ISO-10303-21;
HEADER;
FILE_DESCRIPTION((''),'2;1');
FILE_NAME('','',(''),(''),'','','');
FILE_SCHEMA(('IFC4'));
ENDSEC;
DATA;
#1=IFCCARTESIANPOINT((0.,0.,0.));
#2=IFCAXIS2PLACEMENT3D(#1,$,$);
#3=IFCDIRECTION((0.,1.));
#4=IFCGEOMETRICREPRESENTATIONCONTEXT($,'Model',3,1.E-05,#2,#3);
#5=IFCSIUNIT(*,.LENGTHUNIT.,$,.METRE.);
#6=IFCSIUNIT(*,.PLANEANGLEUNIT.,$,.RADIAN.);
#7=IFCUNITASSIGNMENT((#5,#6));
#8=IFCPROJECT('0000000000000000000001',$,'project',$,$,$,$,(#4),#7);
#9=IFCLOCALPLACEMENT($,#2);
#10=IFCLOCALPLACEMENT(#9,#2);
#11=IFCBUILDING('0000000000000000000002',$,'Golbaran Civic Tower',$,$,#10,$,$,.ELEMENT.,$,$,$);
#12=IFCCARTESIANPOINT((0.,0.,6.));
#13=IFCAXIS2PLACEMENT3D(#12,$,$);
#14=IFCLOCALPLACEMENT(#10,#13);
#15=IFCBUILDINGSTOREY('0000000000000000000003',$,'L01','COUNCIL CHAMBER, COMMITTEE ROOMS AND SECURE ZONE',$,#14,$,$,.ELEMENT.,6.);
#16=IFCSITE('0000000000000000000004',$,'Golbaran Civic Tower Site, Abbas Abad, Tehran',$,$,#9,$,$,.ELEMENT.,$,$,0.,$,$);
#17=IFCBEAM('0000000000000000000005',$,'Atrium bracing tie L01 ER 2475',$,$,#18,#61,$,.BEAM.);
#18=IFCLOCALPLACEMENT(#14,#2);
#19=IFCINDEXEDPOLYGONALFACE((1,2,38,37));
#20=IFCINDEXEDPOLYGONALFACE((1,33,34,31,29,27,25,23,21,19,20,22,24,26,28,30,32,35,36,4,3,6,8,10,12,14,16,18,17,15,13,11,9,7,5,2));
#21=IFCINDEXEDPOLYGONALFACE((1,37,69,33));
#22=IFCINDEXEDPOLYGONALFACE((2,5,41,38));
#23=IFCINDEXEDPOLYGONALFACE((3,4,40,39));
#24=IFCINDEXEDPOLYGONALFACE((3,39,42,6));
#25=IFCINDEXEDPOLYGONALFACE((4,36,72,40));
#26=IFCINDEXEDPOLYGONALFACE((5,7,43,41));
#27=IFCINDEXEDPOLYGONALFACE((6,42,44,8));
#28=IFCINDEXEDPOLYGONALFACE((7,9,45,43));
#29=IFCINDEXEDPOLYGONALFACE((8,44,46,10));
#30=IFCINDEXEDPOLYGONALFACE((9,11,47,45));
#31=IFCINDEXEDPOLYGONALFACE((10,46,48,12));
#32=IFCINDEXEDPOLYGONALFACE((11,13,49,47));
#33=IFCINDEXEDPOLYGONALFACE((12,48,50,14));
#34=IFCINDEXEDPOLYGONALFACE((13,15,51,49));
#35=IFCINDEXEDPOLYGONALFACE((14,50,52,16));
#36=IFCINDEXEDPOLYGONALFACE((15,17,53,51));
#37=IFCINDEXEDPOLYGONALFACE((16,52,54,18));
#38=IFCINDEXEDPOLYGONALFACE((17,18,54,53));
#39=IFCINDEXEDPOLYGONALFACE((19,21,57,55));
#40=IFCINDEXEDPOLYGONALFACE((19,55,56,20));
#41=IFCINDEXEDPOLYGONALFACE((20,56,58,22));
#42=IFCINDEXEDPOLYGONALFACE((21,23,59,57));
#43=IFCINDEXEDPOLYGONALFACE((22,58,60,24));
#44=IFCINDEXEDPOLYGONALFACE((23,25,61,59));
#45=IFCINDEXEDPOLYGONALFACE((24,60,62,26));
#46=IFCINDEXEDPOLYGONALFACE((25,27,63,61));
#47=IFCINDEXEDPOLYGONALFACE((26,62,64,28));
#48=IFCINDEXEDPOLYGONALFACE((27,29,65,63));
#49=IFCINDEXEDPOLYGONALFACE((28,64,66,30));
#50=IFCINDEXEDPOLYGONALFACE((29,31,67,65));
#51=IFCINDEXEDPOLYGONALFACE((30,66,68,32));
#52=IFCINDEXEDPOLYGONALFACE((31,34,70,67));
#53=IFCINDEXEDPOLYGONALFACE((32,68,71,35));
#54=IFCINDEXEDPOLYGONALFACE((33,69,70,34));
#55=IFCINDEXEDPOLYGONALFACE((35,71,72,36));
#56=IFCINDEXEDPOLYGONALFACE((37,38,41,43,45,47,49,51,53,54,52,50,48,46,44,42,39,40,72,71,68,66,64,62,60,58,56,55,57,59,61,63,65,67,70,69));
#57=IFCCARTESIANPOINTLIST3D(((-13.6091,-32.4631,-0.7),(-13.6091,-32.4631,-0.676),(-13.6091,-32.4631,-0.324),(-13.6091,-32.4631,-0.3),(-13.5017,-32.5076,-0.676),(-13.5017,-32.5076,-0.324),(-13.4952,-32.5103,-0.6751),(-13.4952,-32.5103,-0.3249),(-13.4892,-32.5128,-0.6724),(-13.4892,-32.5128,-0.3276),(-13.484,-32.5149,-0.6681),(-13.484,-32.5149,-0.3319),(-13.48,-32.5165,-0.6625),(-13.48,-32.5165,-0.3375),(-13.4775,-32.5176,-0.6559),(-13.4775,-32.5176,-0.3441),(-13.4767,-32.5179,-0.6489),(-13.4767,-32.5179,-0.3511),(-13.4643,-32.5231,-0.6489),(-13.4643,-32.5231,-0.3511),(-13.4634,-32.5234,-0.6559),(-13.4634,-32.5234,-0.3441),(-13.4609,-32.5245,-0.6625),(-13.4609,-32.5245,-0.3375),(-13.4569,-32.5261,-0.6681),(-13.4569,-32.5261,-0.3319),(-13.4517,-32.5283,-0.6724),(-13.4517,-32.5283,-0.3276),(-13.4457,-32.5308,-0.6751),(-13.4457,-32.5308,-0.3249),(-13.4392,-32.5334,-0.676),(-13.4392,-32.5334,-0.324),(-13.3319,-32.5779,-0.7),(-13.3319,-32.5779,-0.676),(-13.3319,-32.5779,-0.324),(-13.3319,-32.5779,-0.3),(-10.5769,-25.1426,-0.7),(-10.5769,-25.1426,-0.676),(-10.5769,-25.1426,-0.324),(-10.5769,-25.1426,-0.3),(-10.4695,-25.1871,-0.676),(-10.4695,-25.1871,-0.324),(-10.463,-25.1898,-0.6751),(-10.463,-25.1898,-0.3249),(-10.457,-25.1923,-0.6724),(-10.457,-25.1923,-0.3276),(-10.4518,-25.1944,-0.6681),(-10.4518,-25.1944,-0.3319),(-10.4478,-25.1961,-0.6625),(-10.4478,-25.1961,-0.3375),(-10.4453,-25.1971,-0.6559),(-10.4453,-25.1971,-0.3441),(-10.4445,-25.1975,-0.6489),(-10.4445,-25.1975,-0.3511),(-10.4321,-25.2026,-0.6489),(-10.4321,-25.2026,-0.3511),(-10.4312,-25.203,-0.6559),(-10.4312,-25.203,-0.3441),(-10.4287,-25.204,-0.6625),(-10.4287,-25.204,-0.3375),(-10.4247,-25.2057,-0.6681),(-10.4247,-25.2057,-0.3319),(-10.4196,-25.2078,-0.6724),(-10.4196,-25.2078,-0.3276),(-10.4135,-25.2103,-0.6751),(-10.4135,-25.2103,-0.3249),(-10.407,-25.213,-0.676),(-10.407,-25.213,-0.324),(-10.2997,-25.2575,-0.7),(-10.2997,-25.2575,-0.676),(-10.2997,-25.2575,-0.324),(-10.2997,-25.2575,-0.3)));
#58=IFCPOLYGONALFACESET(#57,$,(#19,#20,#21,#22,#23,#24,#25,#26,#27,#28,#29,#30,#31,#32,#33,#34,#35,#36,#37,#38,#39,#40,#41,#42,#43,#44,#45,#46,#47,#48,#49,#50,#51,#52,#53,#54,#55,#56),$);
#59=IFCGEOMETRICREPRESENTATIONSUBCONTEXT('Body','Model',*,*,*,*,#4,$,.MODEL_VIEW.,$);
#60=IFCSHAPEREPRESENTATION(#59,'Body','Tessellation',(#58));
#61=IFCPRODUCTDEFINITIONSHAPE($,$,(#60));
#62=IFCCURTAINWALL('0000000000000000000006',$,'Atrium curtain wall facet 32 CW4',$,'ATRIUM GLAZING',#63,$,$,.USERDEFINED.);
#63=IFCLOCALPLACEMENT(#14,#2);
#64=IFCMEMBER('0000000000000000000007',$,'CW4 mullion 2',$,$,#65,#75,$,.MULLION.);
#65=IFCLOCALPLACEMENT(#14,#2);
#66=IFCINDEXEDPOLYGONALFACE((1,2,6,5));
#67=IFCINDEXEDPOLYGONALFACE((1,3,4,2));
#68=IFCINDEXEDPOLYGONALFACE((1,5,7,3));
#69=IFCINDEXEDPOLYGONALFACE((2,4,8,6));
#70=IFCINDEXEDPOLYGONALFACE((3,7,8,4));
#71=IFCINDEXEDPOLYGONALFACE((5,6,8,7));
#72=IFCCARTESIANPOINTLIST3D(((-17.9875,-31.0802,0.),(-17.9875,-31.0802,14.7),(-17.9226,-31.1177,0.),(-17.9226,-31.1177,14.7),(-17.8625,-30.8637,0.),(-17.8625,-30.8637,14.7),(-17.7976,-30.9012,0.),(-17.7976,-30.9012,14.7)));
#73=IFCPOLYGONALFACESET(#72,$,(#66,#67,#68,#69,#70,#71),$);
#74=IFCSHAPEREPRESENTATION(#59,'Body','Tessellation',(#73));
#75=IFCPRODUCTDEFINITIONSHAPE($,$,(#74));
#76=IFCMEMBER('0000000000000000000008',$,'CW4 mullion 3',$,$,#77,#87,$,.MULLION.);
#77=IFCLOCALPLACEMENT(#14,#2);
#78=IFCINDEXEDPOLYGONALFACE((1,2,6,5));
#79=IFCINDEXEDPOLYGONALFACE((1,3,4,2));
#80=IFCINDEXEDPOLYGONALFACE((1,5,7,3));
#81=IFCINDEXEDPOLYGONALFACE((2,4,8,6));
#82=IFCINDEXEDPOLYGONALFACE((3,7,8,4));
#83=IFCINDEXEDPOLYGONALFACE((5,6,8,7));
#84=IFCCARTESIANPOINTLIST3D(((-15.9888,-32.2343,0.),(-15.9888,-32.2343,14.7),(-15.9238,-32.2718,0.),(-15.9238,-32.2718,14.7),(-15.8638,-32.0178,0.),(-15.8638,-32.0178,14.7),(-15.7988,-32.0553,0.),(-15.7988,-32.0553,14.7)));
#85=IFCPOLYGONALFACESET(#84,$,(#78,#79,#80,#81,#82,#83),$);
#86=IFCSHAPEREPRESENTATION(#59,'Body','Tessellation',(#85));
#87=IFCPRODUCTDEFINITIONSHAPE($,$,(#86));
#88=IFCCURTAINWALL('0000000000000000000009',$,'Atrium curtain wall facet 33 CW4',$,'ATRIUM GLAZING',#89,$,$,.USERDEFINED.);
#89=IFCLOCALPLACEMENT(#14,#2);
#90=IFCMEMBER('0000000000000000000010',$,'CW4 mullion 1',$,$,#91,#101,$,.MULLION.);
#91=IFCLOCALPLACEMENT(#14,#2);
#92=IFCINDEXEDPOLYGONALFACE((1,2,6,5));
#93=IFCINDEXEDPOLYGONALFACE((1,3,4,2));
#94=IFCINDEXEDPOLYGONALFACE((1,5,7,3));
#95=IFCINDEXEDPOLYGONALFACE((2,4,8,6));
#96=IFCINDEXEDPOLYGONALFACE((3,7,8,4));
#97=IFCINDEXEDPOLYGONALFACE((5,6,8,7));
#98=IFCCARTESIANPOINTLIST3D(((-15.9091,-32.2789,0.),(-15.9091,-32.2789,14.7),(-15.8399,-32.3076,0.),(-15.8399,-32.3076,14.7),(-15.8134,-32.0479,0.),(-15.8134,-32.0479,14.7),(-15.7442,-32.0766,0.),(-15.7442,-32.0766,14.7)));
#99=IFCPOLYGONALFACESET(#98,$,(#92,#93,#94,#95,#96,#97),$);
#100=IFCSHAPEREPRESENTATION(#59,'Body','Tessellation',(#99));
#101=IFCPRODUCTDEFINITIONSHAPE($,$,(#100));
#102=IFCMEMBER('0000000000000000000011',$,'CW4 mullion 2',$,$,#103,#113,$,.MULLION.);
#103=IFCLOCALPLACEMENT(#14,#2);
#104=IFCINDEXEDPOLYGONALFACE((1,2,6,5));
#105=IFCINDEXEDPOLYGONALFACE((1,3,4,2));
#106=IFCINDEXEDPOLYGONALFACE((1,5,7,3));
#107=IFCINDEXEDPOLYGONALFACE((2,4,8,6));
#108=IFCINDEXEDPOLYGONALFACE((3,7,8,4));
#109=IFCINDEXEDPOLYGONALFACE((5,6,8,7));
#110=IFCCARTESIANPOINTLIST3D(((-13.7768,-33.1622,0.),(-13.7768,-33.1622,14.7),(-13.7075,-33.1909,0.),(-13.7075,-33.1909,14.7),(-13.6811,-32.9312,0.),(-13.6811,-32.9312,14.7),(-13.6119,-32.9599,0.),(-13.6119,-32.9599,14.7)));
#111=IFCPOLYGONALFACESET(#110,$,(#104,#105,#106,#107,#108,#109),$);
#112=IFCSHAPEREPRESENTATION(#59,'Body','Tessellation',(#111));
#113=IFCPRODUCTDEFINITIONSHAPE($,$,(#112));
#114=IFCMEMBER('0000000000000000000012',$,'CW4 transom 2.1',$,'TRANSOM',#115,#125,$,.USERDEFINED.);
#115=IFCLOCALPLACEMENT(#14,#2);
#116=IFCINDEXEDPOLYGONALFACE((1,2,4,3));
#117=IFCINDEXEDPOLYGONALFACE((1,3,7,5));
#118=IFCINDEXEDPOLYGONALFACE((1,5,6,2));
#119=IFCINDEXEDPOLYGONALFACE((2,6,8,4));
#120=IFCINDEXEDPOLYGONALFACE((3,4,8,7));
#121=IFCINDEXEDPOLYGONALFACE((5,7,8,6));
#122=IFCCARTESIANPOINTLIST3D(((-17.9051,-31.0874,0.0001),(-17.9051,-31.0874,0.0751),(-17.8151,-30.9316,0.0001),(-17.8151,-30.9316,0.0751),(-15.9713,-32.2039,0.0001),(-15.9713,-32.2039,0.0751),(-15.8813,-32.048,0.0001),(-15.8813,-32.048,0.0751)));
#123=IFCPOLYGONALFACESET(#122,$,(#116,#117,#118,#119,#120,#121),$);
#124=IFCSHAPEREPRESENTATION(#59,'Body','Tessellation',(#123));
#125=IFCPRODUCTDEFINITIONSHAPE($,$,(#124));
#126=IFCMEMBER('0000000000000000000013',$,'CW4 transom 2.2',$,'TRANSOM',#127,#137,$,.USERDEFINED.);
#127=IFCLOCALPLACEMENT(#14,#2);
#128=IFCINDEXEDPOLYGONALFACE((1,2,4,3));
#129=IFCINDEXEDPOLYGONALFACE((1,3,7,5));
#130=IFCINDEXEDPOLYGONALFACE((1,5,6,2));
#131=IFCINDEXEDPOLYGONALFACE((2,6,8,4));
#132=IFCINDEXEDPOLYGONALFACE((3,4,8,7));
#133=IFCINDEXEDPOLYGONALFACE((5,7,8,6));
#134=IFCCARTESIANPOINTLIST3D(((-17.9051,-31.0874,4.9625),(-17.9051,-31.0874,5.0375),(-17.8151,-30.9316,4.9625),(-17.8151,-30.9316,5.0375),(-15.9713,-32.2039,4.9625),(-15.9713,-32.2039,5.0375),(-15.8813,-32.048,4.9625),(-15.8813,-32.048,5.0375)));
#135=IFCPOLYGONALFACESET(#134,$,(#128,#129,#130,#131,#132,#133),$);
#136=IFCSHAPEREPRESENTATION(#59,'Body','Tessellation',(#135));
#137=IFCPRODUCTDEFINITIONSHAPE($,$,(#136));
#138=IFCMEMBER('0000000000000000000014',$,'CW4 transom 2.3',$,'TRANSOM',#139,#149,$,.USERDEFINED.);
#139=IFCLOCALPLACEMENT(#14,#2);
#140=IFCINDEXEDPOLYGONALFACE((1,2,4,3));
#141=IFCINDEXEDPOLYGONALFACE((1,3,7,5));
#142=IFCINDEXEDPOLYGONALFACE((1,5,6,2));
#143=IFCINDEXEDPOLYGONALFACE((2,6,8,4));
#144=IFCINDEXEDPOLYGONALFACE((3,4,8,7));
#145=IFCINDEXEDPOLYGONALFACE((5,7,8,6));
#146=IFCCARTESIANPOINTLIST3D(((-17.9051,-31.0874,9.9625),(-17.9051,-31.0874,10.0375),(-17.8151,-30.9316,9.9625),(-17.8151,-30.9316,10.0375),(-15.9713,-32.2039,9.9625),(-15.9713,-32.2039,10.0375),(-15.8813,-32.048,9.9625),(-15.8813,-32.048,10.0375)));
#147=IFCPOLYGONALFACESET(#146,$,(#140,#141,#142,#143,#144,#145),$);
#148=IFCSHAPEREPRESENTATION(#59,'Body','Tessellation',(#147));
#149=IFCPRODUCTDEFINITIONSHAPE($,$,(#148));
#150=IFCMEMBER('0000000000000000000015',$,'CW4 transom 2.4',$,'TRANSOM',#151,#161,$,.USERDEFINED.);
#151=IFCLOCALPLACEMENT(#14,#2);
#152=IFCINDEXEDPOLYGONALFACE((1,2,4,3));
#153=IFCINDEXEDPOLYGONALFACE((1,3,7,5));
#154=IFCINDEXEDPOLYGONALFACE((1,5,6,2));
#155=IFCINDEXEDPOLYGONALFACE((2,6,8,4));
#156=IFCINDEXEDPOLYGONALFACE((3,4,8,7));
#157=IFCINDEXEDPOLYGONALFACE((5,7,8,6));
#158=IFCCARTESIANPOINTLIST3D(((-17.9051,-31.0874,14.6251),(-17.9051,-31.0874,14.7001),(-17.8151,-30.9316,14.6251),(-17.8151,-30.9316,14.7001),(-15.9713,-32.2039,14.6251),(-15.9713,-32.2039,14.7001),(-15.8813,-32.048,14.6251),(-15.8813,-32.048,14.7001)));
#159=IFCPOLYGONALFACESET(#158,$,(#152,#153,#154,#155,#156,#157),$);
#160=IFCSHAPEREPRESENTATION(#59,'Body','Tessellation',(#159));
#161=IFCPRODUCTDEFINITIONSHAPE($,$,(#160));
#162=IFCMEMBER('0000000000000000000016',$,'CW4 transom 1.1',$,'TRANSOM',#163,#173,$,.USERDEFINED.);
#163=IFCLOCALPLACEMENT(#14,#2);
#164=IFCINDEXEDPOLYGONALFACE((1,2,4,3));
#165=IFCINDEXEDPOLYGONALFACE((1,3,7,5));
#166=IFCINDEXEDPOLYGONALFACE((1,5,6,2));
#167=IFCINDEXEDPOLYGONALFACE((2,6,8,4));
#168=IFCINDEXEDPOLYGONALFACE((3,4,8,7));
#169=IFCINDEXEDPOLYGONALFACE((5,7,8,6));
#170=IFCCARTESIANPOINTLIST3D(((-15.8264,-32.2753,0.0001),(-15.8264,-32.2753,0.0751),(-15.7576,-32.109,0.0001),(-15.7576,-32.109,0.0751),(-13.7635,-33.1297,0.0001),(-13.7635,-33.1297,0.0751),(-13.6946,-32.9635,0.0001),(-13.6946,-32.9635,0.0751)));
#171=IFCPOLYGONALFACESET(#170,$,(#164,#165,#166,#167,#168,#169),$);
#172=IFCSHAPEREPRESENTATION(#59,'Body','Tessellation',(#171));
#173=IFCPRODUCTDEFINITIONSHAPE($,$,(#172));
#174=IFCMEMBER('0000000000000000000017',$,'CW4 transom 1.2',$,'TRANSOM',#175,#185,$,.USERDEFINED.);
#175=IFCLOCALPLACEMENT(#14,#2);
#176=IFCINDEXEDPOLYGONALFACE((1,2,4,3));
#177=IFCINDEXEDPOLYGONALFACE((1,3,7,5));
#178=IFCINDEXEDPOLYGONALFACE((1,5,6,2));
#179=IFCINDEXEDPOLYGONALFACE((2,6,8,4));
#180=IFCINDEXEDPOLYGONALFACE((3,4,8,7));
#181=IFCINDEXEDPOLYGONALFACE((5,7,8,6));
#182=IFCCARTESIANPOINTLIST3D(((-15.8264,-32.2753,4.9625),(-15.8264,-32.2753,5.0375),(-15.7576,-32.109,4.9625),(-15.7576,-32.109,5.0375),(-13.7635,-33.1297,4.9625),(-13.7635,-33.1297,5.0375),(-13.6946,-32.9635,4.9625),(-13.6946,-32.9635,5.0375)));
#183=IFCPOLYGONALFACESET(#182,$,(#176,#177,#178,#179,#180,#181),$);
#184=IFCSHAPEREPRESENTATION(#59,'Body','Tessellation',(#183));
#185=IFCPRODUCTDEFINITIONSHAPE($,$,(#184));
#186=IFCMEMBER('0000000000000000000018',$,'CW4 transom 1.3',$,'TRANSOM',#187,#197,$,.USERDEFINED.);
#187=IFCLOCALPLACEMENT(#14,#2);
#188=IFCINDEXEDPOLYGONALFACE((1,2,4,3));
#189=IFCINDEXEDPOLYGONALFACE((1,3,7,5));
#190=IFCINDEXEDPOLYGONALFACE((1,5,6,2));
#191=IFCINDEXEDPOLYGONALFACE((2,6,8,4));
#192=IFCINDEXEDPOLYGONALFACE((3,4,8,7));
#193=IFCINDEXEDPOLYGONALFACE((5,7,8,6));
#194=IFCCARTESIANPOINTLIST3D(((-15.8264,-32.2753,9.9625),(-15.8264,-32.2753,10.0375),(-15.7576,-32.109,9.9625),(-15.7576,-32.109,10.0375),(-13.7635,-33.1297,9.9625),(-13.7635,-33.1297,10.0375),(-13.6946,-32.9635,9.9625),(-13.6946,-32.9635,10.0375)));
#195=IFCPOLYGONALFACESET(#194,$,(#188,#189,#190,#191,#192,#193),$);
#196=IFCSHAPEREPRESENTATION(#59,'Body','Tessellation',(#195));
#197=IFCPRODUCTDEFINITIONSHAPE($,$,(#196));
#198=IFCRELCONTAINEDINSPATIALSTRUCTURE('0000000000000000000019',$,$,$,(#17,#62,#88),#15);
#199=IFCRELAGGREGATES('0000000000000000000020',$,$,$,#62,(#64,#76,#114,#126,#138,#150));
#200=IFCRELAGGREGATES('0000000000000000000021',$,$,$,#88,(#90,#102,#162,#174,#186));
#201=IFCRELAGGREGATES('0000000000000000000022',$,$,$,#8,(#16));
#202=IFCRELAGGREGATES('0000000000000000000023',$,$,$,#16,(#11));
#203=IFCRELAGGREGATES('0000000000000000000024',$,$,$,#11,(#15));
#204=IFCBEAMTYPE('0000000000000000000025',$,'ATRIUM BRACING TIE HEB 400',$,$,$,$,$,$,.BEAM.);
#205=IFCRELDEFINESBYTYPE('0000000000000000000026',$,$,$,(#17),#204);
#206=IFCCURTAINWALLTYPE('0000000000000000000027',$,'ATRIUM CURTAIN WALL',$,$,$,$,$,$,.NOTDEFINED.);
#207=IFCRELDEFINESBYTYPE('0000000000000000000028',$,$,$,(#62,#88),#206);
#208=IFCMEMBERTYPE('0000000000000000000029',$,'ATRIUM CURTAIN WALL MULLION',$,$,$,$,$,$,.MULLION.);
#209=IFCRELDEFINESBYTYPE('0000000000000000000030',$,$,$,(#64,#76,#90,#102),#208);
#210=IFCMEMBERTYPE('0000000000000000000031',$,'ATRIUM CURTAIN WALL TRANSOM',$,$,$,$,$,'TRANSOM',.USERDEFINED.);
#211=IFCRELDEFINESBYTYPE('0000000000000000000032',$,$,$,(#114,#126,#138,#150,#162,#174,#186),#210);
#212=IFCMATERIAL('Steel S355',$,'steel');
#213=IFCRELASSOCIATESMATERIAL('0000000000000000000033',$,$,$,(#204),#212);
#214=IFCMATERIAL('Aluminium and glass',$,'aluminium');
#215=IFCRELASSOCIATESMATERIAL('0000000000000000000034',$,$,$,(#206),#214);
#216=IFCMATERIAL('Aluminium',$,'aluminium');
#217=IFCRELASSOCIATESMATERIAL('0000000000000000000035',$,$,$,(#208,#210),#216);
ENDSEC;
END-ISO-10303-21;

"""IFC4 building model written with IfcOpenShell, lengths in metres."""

from ifc_helpers import new_model, si_unit, direction, frame, origin, origin_2d, place, context, subcontext, project, spatial, rectangle, i_section, extrude, material, material_profile, profile_set, type_object, element, aggregate, save


model = new_model("IFC4")

# Units and contexts
model_context = context("Model", 3, precision=1e-05, world=origin(), true_north=direction((0.0, 1.0)))
body_context = subcontext(model_context, "Body", "Model", "MODEL_VIEW")
ifc_project = project(units=[si_unit("LENGTHUNIT", "METRE"), si_unit("PLANEANGLEUNIT", "RADIAN")], contexts=[model_context])

# Site, building, storey
site_placement = place(None, origin())
site = spatial("IfcSite", under=ifc_project, at=site_placement, Name="Golbaran Civic Tower Site, Abbas Abad, Tehran", CompositionType="ELEMENT", RefElevation=0.0)
building_placement = place(site_placement, origin())
building = spatial("IfcBuilding", under=site, at=building_placement, Name="Golbaran Civic Tower", CompositionType="ELEMENT")
storey_placement = place(building_placement, frame((0.0, 0.0, 6.0)))
storey = spatial("IfcBuildingStorey", under=building, at=storey_placement, Name="L01", Description="COUNCIL CHAMBER, COMMITTEE ROOMS AND SECURE ZONE", CompositionType="ELEMENT", Elevation=6.0)

# Beam
ifc_material_1 = material(Name="Steel S355", Category="steel")
ifc_material_profile_1 = material_profile(ifc_material_1, i_section(OverallWidth=0.3, OverallDepth=0.3999, WebThickness=0.0134, FlangeThickness=0.0239, FilletRadius=0.0271, at=origin_2d()), Name="HEB 400")
ifc_profile_set_1 = profile_set([ifc_material_profile_1], Name="Steel S355")
beam_type = type_object("IfcBeamType", Name="ATRIUM BRACING TIE HEB 400", PredefinedType="BEAM", material=ifc_profile_set_1)
beam_1_placement = place(storey_placement, frame((-13.4705, -32.5205, -0.5), z_axis=(0.382678, 0.923882, 0.0), x_axis=(-0.923882, 0.382678, 0.0)))
element("IfcBeam", 1, at=beam_1_placement, inside=storey, type_object=beam_type, Name="Atrium bracing tie L01 ER 2475", PredefinedType="BEAM", context=body_context, shape_type="SweptSolid", body=[
    extrude(i_section(OverallWidth=0.3, OverallDepth=0.3999, WebThickness=0.0134, FlangeThickness=0.0239, FilletRadius=0.0271, at=origin_2d()), origin(), (0.0, 0.0, 1.0), 7.9236),
])

# Curtain walls, members
ifc_material_2 = material(Name="Aluminium and glass", Category="aluminium")
curtain_wall_type = type_object("IfcCurtainWallType", Name="ATRIUM CURTAIN WALL", PredefinedType="NOTDEFINED", material=ifc_material_2)
curtain_wall_1_placement = place(storey_placement, origin())
curtain_wall_1 = element("IfcCurtainWall", 2, at=curtain_wall_1_placement, inside=storey, type_object=curtain_wall_type, Name="Atrium curtain wall facet 32 CW4", ObjectType="ATRIUM GLAZING", PredefinedType="USERDEFINED")
ifc_material_3 = material(Name="Aluminium", Category="aluminium")
ifc_material_profile_2 = material_profile(ifc_material_3, rectangle(XDim=0.25, YDim=0.075, at=origin_2d()), Name="ATRIUM CURTAIN WALL MULLION")
ifc_profile_set_2 = profile_set([ifc_material_profile_2], Name="Aluminium")
member_type_1 = type_object("IfcMemberType", Name="ATRIUM CURTAIN WALL MULLION", PredefinedType="MULLION", material=ifc_profile_set_2)
member_1_placement = place(storey_placement, frame((-17.8926, -30.9907, 0.0), z_axis=(0.0, 0.0, 1.0), x_axis=(0.5, 0.866025, 0.0)))
member_1 = element("IfcMember", 3, at=member_1_placement, type_object=member_type_1, Name="CW4 mullion 2", PredefinedType="MULLION", context=body_context, shape_type="SweptSolid", body=[
    extrude(rectangle(XDim=0.25, YDim=0.075, at=origin_2d()), origin(), (0.0, 0.0, 1.0), 14.7),
])
member_2_placement = place(storey_placement, frame((-15.8938, -32.1448, 0.0), z_axis=(0.0, 0.0, 1.0), x_axis=(0.5, 0.866025, 0.0)))
member_2 = element("IfcMember", 4, at=member_2_placement, type_object=member_type_1, Name="CW4 mullion 3", PredefinedType="MULLION", context=body_context, shape_type="SweptSolid", body=[
    extrude(rectangle(XDim=0.25, YDim=0.075, at=origin_2d()), origin(), (0.0, 0.0, 1.0), 14.7),
])
curtain_wall_2_placement = place(storey_placement, origin())
curtain_wall_2 = element("IfcCurtainWall", 5, at=curtain_wall_2_placement, inside=storey, type_object=curtain_wall_type, Name="Atrium curtain wall facet 33 CW4", ObjectType="ATRIUM GLAZING", PredefinedType="USERDEFINED")
member_3_placement = place(storey_placement, frame((-15.8267, -32.1777, 0.0), z_axis=(0.0, 0.0, 1.0), x_axis=(0.382683, 0.92388, 0.0)))
member_3 = element("IfcMember", 6, at=member_3_placement, type_object=member_type_1, Name="CW4 mullion 1", PredefinedType="MULLION", context=body_context, shape_type="SweptSolid", body=[
    extrude(rectangle(XDim=0.25, YDim=0.075, at=origin_2d()), origin(), (0.0, 0.0, 1.0), 14.7),
])
member_4_placement = place(storey_placement, frame((-13.6943, -33.061, 0.0), z_axis=(0.0, 0.0, 1.0), x_axis=(0.382683, 0.92388, 0.0)))
member_4 = element("IfcMember", 7, at=member_4_placement, type_object=member_type_1, Name="CW4 mullion 2", PredefinedType="MULLION", context=body_context, shape_type="SweptSolid", body=[
    extrude(rectangle(XDim=0.25, YDim=0.075, at=origin_2d()), origin(), (0.0, 0.0, 1.0), 14.7),
])

# Members
ifc_material_profile_3 = material_profile(ifc_material_3, rectangle(XDim=0.1799, YDim=0.075, at=origin_2d()), Name="ATRIUM CURTAIN WALL TRANSOM")
ifc_profile_set_3 = profile_set([ifc_material_profile_3], Name="Aluminium")
member_type_2 = type_object("IfcMemberType", Name="ATRIUM CURTAIN WALL TRANSOM", ElementType="TRANSOM", PredefinedType="USERDEFINED", material=ifc_profile_set_3)
member_5_placement = place(storey_placement, frame((-17.8601, -31.0095, 0.0376), z_axis=(0.866034, -0.499984, 0.0), x_axis=(0.499984, 0.866034, 0.0)))
member_5 = element("IfcMember", 8, at=member_5_placement, type_object=member_type_2, Name="CW4 transom 2.1", ObjectType="TRANSOM", PredefinedType="USERDEFINED", context=body_context, shape_type="SweptSolid", body=[
    extrude(rectangle(XDim=0.1799, YDim=0.075, at=origin_2d()), origin(), (0.0, 0.0, 1.0), 2.2329),
])
member_6_placement = place(storey_placement, frame((-17.8601, -31.0095, 5.0), z_axis=(0.866034, -0.499984, 0.0), x_axis=(0.499984, 0.866034, 0.0)))
member_6 = element("IfcMember", 9, at=member_6_placement, type_object=member_type_2, Name="CW4 transom 2.2", ObjectType="TRANSOM", PredefinedType="USERDEFINED", context=body_context, shape_type="SweptSolid", body=[
    extrude(rectangle(XDim=0.1799, YDim=0.075, at=origin_2d()), origin(), (0.0, 0.0, 1.0), 2.2329),
])
member_7_placement = place(storey_placement, frame((-17.8601, -31.0095, 10.0), z_axis=(0.866034, -0.499984, 0.0), x_axis=(0.499984, 0.866034, 0.0)))
member_7 = element("IfcMember", 10, at=member_7_placement, type_object=member_type_2, Name="CW4 transom 2.3", ObjectType="TRANSOM", PredefinedType="USERDEFINED", context=body_context, shape_type="SweptSolid", body=[
    extrude(rectangle(XDim=0.1799, YDim=0.075, at=origin_2d()), origin(), (0.0, 0.0, 1.0), 2.2329),
])
member_8_placement = place(storey_placement, frame((-17.8601, -31.0095, 14.6626), z_axis=(0.866034, -0.499984, 0.0), x_axis=(0.499984, 0.866034, 0.0)))
member_8 = element("IfcMember", 11, at=member_8_placement, type_object=member_type_2, Name="CW4 transom 2.4", ObjectType="TRANSOM", PredefinedType="USERDEFINED", context=body_context, shape_type="SweptSolid", body=[
    extrude(rectangle(XDim=0.1799, YDim=0.075, at=origin_2d()), origin(), (0.0, 0.0, 1.0), 2.2329),
])
member_9_placement = place(storey_placement, frame((-15.792, -32.1921, 0.0376), z_axis=(0.923884, -0.382674, 0.0), x_axis=(0.382674, 0.923884, 0.0)))
member_9 = element("IfcMember", 12, at=member_9_placement, type_object=member_type_2, Name="CW4 transom 1.1", ObjectType="TRANSOM", PredefinedType="USERDEFINED", context=body_context, shape_type="SweptSolid", body=[
    extrude(rectangle(XDim=0.1799, YDim=0.075, at=origin_2d()), origin(), (0.0, 0.0, 1.0), 2.2329),
])
member_10_placement = place(storey_placement, frame((-15.792, -32.1921, 5.0), z_axis=(0.923884, -0.382674, 0.0), x_axis=(0.382674, 0.923884, 0.0)))
member_10 = element("IfcMember", 13, at=member_10_placement, type_object=member_type_2, Name="CW4 transom 1.2", ObjectType="TRANSOM", PredefinedType="USERDEFINED", context=body_context, shape_type="SweptSolid", body=[
    extrude(rectangle(XDim=0.1799, YDim=0.075, at=origin_2d()), origin(), (0.0, 0.0, 1.0), 2.2329),
])
member_11_placement = place(storey_placement, frame((-15.792, -32.1921, 10.0), z_axis=(0.923884, -0.382674, 0.0), x_axis=(0.382674, 0.923884, 0.0)))
member_11 = element("IfcMember", 14, at=member_11_placement, type_object=member_type_2, Name="CW4 transom 1.3", ObjectType="TRANSOM", PredefinedType="USERDEFINED", context=body_context, shape_type="SweptSolid", body=[
    extrude(rectangle(XDim=0.1799, YDim=0.075, at=origin_2d()), origin(), (0.0, 0.0, 1.0), 2.2329),
])

aggregate(curtain_wall_1, [member_1, member_2, member_5, member_6, member_7, member_8])
aggregate(curtain_wall_2, [member_3, member_4, member_9, member_10, member_11])

save(model, "model.ifc")
